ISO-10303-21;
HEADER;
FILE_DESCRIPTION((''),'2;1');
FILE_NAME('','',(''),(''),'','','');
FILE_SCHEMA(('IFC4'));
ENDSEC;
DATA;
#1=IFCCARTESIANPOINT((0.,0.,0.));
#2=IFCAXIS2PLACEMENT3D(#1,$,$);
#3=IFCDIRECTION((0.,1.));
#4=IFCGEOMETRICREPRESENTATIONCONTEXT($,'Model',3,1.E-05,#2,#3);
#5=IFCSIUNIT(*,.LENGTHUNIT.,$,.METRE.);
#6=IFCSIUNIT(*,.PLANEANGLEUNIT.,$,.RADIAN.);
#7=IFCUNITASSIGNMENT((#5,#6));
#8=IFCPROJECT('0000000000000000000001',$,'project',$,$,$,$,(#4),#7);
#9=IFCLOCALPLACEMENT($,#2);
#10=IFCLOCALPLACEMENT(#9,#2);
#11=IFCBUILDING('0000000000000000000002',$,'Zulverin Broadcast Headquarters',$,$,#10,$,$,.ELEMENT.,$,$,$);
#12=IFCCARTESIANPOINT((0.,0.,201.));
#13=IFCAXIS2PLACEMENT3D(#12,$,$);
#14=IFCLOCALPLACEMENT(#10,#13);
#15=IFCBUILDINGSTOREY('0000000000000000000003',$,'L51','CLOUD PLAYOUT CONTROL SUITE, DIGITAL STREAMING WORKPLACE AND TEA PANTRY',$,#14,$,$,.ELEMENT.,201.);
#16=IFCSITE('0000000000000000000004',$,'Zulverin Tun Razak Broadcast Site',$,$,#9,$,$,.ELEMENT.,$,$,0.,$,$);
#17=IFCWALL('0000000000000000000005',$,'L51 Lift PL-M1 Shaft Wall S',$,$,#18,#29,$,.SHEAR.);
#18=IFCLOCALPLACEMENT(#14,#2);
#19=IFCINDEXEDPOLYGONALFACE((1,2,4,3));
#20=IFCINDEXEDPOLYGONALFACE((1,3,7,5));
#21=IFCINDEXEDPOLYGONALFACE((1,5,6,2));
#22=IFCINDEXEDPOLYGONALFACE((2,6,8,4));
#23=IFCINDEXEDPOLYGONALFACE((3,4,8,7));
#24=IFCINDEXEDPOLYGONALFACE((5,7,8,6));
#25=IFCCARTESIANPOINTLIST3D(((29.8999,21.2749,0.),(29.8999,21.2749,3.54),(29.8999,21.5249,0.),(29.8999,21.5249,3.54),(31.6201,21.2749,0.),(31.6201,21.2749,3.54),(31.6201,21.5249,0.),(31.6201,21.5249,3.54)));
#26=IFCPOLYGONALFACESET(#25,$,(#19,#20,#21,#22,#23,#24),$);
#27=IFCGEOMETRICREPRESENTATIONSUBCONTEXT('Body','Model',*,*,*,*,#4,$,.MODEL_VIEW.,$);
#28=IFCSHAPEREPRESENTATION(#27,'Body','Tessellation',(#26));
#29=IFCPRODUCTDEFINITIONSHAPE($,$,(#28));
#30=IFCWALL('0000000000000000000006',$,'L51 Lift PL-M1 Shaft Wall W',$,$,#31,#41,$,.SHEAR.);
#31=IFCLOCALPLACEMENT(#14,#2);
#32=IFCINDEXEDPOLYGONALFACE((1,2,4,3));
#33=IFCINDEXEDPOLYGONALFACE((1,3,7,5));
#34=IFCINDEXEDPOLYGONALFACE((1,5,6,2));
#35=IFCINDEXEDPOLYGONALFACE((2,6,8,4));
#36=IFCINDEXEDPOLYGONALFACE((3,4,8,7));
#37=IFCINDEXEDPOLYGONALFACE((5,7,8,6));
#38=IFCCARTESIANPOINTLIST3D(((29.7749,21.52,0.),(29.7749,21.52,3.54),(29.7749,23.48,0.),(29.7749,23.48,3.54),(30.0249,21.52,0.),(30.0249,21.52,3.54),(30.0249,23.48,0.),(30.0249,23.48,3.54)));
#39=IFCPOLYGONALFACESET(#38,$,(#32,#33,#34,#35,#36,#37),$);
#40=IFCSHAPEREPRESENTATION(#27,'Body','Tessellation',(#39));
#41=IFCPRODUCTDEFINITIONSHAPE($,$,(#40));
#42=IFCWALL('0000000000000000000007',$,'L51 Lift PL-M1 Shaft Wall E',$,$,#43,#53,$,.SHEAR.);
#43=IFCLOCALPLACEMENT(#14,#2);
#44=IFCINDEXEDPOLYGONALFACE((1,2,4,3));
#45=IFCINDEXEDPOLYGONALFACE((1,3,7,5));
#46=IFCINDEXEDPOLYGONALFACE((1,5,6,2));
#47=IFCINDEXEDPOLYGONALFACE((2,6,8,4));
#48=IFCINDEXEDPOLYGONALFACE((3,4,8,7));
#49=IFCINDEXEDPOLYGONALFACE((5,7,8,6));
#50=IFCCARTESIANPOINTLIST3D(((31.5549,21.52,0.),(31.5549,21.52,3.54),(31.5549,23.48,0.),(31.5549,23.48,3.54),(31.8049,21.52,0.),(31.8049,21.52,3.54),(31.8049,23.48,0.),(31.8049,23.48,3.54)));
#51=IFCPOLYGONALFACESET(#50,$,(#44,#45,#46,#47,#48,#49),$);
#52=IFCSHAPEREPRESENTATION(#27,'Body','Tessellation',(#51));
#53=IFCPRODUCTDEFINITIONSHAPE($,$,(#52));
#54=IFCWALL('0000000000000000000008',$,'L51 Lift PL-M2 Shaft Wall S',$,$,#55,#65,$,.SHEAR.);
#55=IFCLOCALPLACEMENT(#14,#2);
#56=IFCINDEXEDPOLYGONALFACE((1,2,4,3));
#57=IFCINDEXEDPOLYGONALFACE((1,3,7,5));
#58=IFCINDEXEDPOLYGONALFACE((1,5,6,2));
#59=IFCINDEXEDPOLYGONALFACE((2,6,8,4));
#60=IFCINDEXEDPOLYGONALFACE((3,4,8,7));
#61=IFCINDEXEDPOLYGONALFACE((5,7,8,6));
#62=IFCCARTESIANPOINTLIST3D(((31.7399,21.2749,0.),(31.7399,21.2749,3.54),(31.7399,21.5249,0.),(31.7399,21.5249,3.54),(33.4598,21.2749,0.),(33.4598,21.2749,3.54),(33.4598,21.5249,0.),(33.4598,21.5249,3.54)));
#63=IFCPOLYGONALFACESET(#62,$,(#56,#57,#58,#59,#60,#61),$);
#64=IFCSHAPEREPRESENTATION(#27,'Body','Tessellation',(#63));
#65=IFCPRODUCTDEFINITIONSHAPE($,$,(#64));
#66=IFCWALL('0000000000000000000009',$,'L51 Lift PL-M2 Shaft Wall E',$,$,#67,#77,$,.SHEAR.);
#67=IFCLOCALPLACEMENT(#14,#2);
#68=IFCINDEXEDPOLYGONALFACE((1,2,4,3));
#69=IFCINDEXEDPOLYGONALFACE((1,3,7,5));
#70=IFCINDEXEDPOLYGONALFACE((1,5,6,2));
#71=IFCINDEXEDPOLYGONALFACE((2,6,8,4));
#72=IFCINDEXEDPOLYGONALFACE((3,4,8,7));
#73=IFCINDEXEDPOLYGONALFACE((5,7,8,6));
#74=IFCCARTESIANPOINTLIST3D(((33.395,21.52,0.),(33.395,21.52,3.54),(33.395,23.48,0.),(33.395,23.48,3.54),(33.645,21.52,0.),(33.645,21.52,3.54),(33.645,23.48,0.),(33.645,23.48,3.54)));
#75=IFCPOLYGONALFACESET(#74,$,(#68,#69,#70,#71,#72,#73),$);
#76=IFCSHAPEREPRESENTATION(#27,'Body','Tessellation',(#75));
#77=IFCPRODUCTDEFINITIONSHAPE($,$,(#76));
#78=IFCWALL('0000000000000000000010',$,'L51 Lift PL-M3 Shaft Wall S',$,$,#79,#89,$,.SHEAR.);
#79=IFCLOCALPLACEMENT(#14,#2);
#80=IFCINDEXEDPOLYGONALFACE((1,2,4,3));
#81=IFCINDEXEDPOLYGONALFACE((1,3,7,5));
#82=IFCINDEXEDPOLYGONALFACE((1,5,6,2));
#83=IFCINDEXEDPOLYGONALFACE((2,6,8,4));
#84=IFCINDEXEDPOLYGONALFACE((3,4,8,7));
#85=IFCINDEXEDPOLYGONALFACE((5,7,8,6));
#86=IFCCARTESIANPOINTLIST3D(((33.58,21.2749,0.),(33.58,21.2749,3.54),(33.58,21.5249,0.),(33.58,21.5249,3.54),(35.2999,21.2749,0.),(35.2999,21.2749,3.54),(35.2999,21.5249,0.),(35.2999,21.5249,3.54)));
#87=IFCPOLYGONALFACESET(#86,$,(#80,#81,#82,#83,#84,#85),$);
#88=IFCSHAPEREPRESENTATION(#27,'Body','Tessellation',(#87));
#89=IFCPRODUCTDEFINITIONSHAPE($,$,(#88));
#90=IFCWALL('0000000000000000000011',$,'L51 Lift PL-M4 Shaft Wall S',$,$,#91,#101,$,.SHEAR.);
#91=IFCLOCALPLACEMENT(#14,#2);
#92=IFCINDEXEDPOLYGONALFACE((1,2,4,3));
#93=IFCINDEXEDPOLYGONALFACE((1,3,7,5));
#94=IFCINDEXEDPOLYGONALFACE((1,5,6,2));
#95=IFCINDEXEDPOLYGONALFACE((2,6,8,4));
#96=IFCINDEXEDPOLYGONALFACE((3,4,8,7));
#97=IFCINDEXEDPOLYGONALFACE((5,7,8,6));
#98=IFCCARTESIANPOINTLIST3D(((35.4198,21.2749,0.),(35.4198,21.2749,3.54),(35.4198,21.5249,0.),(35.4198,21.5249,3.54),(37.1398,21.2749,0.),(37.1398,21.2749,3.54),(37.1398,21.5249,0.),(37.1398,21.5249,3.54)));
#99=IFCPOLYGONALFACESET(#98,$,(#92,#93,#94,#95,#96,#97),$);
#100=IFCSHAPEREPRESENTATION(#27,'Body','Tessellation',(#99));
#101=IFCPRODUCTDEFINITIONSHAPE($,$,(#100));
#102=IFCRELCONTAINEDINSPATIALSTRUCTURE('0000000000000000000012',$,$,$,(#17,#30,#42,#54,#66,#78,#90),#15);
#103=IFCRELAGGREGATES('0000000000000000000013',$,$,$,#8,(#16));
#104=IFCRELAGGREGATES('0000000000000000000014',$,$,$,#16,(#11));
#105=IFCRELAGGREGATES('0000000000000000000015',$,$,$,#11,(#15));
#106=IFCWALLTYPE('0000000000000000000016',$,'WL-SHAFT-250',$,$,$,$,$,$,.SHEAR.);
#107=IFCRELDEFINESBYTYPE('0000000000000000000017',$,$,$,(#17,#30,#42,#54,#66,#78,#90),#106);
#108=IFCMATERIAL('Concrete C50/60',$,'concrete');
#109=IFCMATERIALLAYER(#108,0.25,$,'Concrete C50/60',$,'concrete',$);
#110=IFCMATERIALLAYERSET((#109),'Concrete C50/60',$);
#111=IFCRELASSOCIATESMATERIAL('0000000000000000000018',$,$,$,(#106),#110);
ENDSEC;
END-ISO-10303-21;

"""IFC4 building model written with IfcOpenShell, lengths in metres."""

from ifc_helpers import new_model, si_unit, direction, frame, frame_2d, origin, place, context, subcontext, project, spatial, rectangle, extrude, material, layer, layer_set, type_object, element, save


model = new_model("IFC4")

# Units and contexts
model_context = context("Model", 3, precision=1e-05, world=origin(), true_north=direction((0.0, 1.0)))
body_context = subcontext(model_context, "Body", "Model", "MODEL_VIEW")
ifc_project = project(units=[si_unit("LENGTHUNIT", "METRE"), si_unit("PLANEANGLEUNIT", "RADIAN")], contexts=[model_context])

# Site, building, storey
site_placement = place(None, origin())
site = spatial("IfcSite", under=ifc_project, at=site_placement, Name="Zulverin Tun Razak Broadcast Site", CompositionType="ELEMENT", RefElevation=0.0)
building_placement = place(site_placement, origin())
building = spatial("IfcBuilding", under=site, at=building_placement, Name="Zulverin Broadcast Headquarters", CompositionType="ELEMENT")
storey_placement = place(building_placement, frame((0.0, 0.0, 201.0)))
storey = spatial("IfcBuildingStorey", under=building, at=storey_placement, Name="L51", Description="CLOUD PLAYOUT CONTROL SUITE, DIGITAL STREAMING WORKPLACE AND TEA PANTRY", CompositionType="ELEMENT", Elevation=201.0)

# Walls
ifc_material_1 = material(Name="Concrete C50/60", Category="concrete")
ifc_layer_1 = layer(ifc_material_1, 0.25, Name="Concrete C50/60", Category="concrete")
ifc_layer_set_1 = layer_set([ifc_layer_1], Name="Concrete C50/60")
wall_type_1 = type_object("IfcWallType", Name="WL-SHAFT-250", PredefinedType="SHEAR", material=ifc_layer_set_1)
wall_1_placement = place(storey_placement, frame((29.8999, 21.3999, 0.0), z_axis=(0.0, 0.0, 1.0), x_axis=(1.0, 0.0, 0.0)))
element("IfcWall", 1, at=wall_1_placement, inside=storey, type_object=wall_type_1, Name="L51 Lift PL-M1 Shaft Wall S", PredefinedType="SHEAR", context=body_context, shape_type="SweptSolid", body=[
    extrude(rectangle(XDim=1.7202, YDim=0.25, at=frame_2d((0.8601, 0.0))), origin(), (0.0, 0.0, 1.0), 3.54),
])
for number, where, z_axis, x_axis, name in (
    (2, (29.8999, 21.52, 0.0), (0.0, 0.0, 1.0), (0.0, 1.0, 0.0), "L51 Lift PL-M1 Shaft Wall W"),
    (3, (31.6799, 21.52, 0.0), (0.0, 0.0, 1.0), (0.0, 1.0, 0.0), "L51 Lift PL-M1 Shaft Wall E"),
):
    element("IfcWall", number, at=place(storey_placement, frame(where, z_axis=z_axis, x_axis=x_axis)), inside=storey, type_object=wall_type_1, Name=name, PredefinedType="SHEAR", context=body_context, shape_type="SweptSolid", body=[
        extrude(rectangle(XDim=1.96, YDim=0.25, at=frame_2d((0.98, 0.0))), origin(), (0.0, 0.0, 1.0), 3.54),
    ])
wall_2_placement = place(storey_placement, frame((31.74, 21.3999, 0.0), z_axis=(0.0, 0.0, 1.0), x_axis=(1.0, 0.0, 0.0)))
element("IfcWall", 4, at=wall_2_placement, inside=storey, type_object=wall_type_1, Name="L51 Lift PL-M2 Shaft Wall S", PredefinedType="SHEAR", context=body_context, shape_type="SweptSolid", body=[
    extrude(rectangle(XDim=1.72, YDim=0.25, at=frame_2d((0.8599, 0.0))), origin(), (0.0, 0.0, 1.0), 3.54),
])
wall_3_placement = place(storey_placement, frame((33.52, 21.52, 0.0), z_axis=(0.0, 0.0, 1.0), x_axis=(0.0, 1.0, 0.0)))
element("IfcWall", 5, at=wall_3_placement, inside=storey, type_object=wall_type_1, Name="L51 Lift PL-M2 Shaft Wall E", PredefinedType="SHEAR", context=body_context, shape_type="SweptSolid", body=[
    extrude(rectangle(XDim=1.96, YDim=0.25, at=frame_2d((0.98, 0.0))), origin(), (0.0, 0.0, 1.0), 3.54),
])
for number, where, z_axis, x_axis, name in (
    (6, (33.5801, 21.3999, 0.0), (0.0, 0.0, 1.0), (1.0, 0.0, 0.0), "L51 Lift PL-M3 Shaft Wall S"),
    (7, (35.4199, 21.3999, 0.0), (0.0, 0.0, 1.0), (1.0, 0.0, 0.0), "L51 Lift PL-M4 Shaft Wall S"),
):
    element("IfcWall", number, at=place(storey_placement, frame(where, z_axis=z_axis, x_axis=x_axis)), inside=storey, type_object=wall_type_1, Name=name, PredefinedType="SHEAR", context=body_context, shape_type="SweptSolid", body=[
        extrude(rectangle(XDim=1.72, YDim=0.25, at=frame_2d((0.8599, 0.0))), origin(), (0.0, 0.0, 1.0), 3.54),
    ])

save(model, "model.ifc")
